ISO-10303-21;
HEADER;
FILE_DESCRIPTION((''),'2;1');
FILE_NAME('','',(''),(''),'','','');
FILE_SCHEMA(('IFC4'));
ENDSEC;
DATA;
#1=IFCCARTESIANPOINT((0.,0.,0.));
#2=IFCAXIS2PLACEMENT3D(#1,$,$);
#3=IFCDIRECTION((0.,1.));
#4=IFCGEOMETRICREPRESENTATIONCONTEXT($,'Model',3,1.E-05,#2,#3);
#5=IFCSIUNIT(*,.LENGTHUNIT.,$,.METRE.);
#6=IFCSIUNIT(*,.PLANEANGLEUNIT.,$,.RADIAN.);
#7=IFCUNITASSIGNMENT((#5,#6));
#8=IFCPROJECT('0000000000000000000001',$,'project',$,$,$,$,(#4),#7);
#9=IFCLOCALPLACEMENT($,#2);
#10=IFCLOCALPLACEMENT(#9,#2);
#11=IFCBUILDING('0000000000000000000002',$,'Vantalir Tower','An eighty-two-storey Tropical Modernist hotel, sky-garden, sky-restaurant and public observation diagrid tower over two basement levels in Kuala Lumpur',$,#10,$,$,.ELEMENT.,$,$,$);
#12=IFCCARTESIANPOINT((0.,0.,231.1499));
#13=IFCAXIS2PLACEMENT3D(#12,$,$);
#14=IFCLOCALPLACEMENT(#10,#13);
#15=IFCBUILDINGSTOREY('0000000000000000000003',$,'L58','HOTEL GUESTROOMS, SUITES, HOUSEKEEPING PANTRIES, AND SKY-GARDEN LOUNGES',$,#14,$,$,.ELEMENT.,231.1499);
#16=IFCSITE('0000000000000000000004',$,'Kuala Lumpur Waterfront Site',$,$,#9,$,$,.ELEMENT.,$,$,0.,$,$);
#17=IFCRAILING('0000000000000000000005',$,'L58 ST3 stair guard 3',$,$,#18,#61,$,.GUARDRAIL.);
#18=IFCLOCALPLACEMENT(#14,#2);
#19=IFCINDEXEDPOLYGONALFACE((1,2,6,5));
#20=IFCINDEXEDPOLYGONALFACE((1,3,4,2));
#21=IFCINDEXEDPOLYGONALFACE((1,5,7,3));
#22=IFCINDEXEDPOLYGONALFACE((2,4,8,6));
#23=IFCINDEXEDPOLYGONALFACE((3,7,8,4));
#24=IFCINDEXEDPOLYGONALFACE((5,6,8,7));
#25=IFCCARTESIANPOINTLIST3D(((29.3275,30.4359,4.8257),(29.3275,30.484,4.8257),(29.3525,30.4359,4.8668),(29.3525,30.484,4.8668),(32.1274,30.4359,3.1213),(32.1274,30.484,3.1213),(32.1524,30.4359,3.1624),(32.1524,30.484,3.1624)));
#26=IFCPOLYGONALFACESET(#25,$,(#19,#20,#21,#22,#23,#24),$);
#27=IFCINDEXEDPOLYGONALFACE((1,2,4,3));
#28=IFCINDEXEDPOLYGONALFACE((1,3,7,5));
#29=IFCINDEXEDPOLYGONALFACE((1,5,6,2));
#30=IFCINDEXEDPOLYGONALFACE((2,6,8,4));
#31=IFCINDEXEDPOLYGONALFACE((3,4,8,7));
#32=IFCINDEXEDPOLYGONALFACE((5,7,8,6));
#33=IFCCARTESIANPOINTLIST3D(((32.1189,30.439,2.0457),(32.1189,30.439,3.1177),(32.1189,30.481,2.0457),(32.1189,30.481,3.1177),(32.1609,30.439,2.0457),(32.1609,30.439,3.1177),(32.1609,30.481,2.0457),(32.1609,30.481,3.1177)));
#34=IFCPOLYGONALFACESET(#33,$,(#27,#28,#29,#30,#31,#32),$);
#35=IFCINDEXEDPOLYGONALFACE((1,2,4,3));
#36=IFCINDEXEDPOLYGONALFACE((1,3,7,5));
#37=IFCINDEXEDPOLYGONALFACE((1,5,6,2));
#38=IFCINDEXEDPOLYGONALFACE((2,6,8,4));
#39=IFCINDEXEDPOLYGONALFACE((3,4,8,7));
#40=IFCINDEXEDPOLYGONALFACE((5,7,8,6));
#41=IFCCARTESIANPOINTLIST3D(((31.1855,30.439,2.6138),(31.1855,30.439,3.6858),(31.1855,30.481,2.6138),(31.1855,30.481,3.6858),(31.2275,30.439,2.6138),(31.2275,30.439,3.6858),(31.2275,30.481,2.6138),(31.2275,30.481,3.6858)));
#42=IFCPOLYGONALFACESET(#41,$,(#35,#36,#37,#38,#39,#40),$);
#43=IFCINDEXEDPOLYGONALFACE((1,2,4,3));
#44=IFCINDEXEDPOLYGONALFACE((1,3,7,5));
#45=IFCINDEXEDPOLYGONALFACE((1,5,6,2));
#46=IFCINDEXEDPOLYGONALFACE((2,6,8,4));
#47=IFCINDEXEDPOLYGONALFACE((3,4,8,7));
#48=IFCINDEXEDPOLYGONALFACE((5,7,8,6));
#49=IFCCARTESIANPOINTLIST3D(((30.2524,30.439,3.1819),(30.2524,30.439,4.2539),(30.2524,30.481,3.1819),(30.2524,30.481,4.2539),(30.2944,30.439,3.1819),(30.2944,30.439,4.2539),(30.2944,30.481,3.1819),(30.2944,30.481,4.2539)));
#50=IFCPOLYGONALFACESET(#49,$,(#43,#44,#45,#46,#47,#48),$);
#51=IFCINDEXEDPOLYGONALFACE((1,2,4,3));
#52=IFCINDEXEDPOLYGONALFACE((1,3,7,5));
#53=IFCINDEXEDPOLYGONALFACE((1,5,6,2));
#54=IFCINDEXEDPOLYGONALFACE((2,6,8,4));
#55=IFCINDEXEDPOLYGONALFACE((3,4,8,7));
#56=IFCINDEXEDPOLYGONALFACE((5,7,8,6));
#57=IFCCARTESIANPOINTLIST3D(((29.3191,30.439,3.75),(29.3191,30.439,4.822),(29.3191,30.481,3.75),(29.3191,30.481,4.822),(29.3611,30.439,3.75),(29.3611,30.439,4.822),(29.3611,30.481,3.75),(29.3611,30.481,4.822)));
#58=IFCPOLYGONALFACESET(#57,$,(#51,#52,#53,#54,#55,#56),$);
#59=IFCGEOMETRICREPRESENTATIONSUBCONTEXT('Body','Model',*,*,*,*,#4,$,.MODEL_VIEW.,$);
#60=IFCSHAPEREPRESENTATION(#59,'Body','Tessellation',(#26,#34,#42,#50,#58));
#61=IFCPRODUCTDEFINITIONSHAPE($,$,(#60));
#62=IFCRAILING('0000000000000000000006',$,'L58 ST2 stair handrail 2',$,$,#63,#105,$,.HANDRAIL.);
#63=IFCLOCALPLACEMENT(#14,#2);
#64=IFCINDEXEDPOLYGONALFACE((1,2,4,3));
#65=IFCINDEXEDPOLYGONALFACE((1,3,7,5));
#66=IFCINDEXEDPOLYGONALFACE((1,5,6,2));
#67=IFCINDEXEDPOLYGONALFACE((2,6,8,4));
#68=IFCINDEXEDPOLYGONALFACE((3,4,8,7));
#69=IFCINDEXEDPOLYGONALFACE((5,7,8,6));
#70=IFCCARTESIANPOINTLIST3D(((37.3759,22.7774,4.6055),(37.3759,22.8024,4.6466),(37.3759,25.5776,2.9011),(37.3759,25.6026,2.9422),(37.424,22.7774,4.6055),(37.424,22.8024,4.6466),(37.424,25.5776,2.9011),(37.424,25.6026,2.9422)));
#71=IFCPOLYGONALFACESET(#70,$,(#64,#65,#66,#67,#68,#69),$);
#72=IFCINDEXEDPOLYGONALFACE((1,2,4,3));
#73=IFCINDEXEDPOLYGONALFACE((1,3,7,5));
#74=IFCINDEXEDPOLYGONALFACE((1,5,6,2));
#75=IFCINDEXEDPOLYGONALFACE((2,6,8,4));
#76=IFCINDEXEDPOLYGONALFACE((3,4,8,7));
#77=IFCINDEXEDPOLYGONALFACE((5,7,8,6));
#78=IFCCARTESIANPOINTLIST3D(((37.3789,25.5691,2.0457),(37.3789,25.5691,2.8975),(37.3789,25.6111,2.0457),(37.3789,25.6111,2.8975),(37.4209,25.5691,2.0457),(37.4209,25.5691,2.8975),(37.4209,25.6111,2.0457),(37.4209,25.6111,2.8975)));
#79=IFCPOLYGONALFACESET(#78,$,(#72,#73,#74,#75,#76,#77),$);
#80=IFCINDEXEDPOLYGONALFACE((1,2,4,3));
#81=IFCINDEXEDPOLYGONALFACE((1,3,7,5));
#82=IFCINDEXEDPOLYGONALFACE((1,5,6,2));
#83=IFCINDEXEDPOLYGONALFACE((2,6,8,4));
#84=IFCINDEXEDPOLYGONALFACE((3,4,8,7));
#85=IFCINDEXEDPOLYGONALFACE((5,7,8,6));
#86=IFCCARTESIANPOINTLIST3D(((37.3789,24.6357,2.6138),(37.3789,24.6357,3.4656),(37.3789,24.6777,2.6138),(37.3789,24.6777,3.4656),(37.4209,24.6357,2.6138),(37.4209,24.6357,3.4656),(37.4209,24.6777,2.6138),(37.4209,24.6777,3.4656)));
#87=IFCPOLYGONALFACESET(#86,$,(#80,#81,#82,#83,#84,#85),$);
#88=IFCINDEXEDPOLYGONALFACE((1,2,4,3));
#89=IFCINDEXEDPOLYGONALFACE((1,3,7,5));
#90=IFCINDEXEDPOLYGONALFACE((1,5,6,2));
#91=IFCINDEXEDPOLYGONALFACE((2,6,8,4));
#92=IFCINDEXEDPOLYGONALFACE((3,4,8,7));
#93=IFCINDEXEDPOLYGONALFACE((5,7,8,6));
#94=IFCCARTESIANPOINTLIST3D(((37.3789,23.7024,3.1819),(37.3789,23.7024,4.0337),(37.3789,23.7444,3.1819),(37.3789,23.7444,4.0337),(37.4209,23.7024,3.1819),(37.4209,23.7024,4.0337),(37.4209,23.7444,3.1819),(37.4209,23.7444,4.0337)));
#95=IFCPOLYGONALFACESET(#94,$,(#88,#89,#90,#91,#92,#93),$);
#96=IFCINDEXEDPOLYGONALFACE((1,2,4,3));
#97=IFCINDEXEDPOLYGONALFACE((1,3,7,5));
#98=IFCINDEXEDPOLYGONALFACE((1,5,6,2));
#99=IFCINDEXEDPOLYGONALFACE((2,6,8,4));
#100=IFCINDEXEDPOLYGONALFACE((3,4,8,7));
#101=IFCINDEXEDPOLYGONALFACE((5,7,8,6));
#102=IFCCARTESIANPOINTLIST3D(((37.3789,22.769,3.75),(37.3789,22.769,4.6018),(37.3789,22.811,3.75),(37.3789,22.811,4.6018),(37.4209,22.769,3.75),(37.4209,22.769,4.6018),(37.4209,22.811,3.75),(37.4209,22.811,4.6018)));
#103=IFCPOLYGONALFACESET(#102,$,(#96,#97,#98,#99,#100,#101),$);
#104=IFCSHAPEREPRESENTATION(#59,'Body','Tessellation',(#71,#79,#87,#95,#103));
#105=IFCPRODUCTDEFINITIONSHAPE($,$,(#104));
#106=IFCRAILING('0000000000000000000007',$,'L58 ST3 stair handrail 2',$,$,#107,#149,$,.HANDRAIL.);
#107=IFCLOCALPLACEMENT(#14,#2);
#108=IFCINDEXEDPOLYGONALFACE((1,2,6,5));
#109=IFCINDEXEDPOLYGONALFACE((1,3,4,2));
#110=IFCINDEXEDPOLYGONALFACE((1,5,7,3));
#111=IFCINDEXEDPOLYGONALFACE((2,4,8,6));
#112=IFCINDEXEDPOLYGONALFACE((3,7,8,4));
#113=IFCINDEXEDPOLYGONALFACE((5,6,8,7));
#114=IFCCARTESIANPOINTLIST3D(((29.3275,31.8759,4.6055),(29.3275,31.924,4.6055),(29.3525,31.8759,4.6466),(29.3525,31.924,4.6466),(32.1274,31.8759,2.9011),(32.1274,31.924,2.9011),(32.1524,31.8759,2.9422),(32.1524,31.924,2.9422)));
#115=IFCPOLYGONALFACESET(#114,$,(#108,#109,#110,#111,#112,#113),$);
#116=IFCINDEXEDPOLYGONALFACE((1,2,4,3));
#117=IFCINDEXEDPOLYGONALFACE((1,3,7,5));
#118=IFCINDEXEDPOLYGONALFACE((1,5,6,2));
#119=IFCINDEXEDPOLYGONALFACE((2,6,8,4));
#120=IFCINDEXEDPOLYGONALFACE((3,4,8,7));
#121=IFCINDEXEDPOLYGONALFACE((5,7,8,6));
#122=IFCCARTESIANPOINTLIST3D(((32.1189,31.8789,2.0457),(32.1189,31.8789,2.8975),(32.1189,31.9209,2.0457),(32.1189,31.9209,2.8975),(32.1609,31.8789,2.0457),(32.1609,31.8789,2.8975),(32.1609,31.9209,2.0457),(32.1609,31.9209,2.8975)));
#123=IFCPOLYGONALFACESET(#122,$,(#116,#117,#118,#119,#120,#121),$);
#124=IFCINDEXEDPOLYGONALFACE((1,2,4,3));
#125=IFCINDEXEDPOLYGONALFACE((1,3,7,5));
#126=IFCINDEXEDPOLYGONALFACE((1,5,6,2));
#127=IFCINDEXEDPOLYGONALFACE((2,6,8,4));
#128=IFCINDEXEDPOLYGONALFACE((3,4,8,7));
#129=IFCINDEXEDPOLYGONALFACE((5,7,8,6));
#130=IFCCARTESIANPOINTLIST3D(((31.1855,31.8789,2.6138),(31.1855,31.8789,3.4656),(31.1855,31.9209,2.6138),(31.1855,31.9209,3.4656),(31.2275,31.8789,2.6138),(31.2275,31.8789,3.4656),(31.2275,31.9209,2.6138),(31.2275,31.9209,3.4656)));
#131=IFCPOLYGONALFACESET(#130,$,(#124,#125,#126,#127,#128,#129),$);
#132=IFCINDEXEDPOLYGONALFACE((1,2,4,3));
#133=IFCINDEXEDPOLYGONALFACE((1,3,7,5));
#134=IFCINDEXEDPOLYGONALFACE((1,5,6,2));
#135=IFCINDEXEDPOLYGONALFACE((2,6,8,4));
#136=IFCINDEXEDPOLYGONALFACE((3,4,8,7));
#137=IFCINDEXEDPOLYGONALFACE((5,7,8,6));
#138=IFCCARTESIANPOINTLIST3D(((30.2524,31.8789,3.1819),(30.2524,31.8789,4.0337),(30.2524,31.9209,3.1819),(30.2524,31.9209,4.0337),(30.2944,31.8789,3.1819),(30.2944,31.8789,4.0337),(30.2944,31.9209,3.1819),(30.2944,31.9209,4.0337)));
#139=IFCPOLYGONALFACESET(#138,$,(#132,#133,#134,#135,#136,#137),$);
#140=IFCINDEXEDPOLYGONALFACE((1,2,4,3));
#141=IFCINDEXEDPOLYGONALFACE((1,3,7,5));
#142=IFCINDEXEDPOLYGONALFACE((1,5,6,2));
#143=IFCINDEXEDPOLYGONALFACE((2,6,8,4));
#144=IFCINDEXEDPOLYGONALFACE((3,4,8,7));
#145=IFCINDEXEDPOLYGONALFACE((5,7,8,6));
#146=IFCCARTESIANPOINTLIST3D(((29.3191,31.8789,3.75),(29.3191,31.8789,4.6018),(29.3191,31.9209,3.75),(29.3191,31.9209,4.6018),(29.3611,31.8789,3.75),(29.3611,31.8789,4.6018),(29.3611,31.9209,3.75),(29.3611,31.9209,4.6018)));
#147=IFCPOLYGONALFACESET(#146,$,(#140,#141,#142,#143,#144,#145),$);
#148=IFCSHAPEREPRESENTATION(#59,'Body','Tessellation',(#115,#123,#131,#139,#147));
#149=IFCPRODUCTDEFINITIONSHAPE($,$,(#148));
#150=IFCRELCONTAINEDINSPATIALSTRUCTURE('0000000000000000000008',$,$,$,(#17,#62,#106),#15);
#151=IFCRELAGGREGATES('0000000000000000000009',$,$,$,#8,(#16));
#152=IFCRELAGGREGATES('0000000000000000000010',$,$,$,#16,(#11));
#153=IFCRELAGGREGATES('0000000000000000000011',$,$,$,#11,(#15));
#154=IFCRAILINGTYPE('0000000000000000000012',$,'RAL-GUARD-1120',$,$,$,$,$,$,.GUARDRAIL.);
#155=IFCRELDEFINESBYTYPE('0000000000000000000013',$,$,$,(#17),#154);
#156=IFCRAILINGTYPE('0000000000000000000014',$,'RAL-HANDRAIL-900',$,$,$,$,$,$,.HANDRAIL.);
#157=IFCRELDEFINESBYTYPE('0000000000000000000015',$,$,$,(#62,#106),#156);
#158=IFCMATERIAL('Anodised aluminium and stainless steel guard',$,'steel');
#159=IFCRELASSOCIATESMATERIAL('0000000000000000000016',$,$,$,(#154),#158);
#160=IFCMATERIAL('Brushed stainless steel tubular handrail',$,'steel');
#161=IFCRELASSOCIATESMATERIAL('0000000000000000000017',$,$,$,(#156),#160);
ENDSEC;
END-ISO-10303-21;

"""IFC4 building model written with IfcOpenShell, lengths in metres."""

from ifc_helpers import new_model, si_unit, direction, frame, origin, origin_2d, place, context, subcontext, project, spatial, rectangle, extrude, material, type_object, element, save


model = new_model("IFC4")

# Units and contexts
model_context = context("Model", 3, precision=1e-05, world=origin(), true_north=direction((0.0, 1.0)))
body_context = subcontext(model_context, "Body", "Model", "MODEL_VIEW")
ifc_project = project(units=[si_unit("LENGTHUNIT", "METRE"), si_unit("PLANEANGLEUNIT", "RADIAN")], contexts=[model_context])

# Site, building, storey
site_placement = place(None, origin())
site = spatial("IfcSite", under=ifc_project, at=site_placement, Name="Kuala Lumpur Waterfront Site", CompositionType="ELEMENT", RefElevation=0.0)
building_placement = place(site_placement, origin())
building = spatial("IfcBuilding", under=site, at=building_placement, Name="Vantalir Tower", Description="An eighty-two-storey Tropical Modernist hotel, sky-garden, sky-restaurant and public observation diagrid tower over two basement levels in Kuala Lumpur", CompositionType="ELEMENT")
storey_placement = place(building_placement, frame((0.0, 0.0, 231.1499)))
storey = spatial("IfcBuildingStorey", under=building, at=storey_placement, Name="L58", Description="HOTEL GUESTROOMS, SUITES, HOUSEKEEPING PANTRIES, AND SKY-GARDEN LOUNGES", CompositionType="ELEMENT", Elevation=231.1499)

# Railings
ifc_material_1 = material(Name="Anodised aluminium and stainless steel guard", Category="steel")
railing_type_1 = type_object("IfcRailingType", Name="RAL-GUARD-1120", PredefinedType="GUARDRAIL", material=ifc_material_1)
railing_1_placement = place(storey_placement, frame((32.1399, 30.46, 2.0457)))
element("IfcRailing", 1, at=railing_1_placement, inside=storey, type_object=railing_type_1, Name="L58 ST3 stair guard 3", PredefinedType="GUARDRAIL", context=body_context, shape_type="SweptSolid", body=[
    extrude(rectangle(XDim=0.0481, YDim=0.0481, at=origin_2d()), frame((0.0, 0.0, 1.0962), z_axis=(-0.854183, 0.0, 0.519973), x_axis=(0.0, -1.0, 0.0)), (0.0, 0.0, 1.0), 3.2778),
    extrude(rectangle(XDim=0.042, YDim=0.042, at=origin_2d()), origin(), (0.0, 0.0, 1.0), 1.072),
    extrude(rectangle(XDim=0.042, YDim=0.042, at=origin_2d()), frame((-0.9333, 0.0, 0.5681)), (0.0, 0.0, 1.0), 1.072),
    extrude(rectangle(XDim=0.042, YDim=0.042, at=origin_2d()), frame((-1.8665, 0.0, 1.1362)), (0.0, 0.0, 1.0), 1.072),
    extrude(rectangle(XDim=0.042, YDim=0.042, at=origin_2d()), frame((-2.7998, 0.0, 1.7043)), (0.0, 0.0, 1.0), 1.072),
])
ifc_material_2 = material(Name="Brushed stainless steel tubular handrail", Category="steel")
railing_type_2 = type_object("IfcRailingType", Name="RAL-HANDRAIL-900", PredefinedType="HANDRAIL", material=ifc_material_2)
railing_2_placement = place(storey_placement, frame((37.3999, 25.5901, 2.0457)))
element("IfcRailing", 2, at=railing_2_placement, inside=storey, type_object=railing_type_2, Name="L58 ST2 stair handrail 2", PredefinedType="HANDRAIL", context=body_context, shape_type="SweptSolid", body=[
    extrude(rectangle(XDim=0.0481, YDim=0.0481, at=origin_2d()), frame((0.0, 0.0, 0.876), z_axis=(0.0, -0.854203, 0.51994), x_axis=(1.0, 0.0, 0.0)), (0.0, 0.0, 1.0), 3.2781),
    extrude(rectangle(XDim=0.042, YDim=0.042, at=origin_2d()), origin(), (0.0, 0.0, 1.0), 0.8518),
    extrude(rectangle(XDim=0.042, YDim=0.042, at=origin_2d()), frame((0.0, -0.9333, 0.5681)), (0.0, 0.0, 1.0), 0.8518),
    extrude(rectangle(XDim=0.042, YDim=0.042, at=origin_2d()), frame((0.0, -1.8667, 1.1362)), (0.0, 0.0, 1.0), 0.8518),
    extrude(rectangle(XDim=0.042, YDim=0.042, at=origin_2d()), frame((0.0, -2.8, 1.7043)), (0.0, 0.0, 1.0), 0.8518),
])
railing_3_placement = place(storey_placement, frame((32.1399, 31.8999, 2.0457)))
element("IfcRailing", 3, at=railing_3_placement, inside=storey, type_object=railing_type_2, Name="L58 ST3 stair handrail 2", PredefinedType="HANDRAIL", context=body_context, shape_type="SweptSolid", body=[
    extrude(rectangle(XDim=0.0481, YDim=0.0481, at=origin_2d()), frame((0.0, 0.0, 0.876), z_axis=(-0.854183, 0.0, 0.519973), x_axis=(0.0, -1.0, 0.0)), (0.0, 0.0, 1.0), 3.2778),
    extrude(rectangle(XDim=0.042, YDim=0.042, at=origin_2d()), origin(), (0.0, 0.0, 1.0), 0.8518),
    extrude(rectangle(XDim=0.042, YDim=0.042, at=origin_2d()), frame((-0.9333, 0.0, 0.5681)), (0.0, 0.0, 1.0), 0.8518),
    extrude(rectangle(XDim=0.042, YDim=0.042, at=origin_2d()), frame((-1.8665, 0.0, 1.1362)), (0.0, 0.0, 1.0), 0.8518),
    extrude(rectangle(XDim=0.042, YDim=0.042, at=origin_2d()), frame((-2.7998, 0.0, 1.7043)), (0.0, 0.0, 1.0), 0.8518),
])

save(model, "model.ifc")
